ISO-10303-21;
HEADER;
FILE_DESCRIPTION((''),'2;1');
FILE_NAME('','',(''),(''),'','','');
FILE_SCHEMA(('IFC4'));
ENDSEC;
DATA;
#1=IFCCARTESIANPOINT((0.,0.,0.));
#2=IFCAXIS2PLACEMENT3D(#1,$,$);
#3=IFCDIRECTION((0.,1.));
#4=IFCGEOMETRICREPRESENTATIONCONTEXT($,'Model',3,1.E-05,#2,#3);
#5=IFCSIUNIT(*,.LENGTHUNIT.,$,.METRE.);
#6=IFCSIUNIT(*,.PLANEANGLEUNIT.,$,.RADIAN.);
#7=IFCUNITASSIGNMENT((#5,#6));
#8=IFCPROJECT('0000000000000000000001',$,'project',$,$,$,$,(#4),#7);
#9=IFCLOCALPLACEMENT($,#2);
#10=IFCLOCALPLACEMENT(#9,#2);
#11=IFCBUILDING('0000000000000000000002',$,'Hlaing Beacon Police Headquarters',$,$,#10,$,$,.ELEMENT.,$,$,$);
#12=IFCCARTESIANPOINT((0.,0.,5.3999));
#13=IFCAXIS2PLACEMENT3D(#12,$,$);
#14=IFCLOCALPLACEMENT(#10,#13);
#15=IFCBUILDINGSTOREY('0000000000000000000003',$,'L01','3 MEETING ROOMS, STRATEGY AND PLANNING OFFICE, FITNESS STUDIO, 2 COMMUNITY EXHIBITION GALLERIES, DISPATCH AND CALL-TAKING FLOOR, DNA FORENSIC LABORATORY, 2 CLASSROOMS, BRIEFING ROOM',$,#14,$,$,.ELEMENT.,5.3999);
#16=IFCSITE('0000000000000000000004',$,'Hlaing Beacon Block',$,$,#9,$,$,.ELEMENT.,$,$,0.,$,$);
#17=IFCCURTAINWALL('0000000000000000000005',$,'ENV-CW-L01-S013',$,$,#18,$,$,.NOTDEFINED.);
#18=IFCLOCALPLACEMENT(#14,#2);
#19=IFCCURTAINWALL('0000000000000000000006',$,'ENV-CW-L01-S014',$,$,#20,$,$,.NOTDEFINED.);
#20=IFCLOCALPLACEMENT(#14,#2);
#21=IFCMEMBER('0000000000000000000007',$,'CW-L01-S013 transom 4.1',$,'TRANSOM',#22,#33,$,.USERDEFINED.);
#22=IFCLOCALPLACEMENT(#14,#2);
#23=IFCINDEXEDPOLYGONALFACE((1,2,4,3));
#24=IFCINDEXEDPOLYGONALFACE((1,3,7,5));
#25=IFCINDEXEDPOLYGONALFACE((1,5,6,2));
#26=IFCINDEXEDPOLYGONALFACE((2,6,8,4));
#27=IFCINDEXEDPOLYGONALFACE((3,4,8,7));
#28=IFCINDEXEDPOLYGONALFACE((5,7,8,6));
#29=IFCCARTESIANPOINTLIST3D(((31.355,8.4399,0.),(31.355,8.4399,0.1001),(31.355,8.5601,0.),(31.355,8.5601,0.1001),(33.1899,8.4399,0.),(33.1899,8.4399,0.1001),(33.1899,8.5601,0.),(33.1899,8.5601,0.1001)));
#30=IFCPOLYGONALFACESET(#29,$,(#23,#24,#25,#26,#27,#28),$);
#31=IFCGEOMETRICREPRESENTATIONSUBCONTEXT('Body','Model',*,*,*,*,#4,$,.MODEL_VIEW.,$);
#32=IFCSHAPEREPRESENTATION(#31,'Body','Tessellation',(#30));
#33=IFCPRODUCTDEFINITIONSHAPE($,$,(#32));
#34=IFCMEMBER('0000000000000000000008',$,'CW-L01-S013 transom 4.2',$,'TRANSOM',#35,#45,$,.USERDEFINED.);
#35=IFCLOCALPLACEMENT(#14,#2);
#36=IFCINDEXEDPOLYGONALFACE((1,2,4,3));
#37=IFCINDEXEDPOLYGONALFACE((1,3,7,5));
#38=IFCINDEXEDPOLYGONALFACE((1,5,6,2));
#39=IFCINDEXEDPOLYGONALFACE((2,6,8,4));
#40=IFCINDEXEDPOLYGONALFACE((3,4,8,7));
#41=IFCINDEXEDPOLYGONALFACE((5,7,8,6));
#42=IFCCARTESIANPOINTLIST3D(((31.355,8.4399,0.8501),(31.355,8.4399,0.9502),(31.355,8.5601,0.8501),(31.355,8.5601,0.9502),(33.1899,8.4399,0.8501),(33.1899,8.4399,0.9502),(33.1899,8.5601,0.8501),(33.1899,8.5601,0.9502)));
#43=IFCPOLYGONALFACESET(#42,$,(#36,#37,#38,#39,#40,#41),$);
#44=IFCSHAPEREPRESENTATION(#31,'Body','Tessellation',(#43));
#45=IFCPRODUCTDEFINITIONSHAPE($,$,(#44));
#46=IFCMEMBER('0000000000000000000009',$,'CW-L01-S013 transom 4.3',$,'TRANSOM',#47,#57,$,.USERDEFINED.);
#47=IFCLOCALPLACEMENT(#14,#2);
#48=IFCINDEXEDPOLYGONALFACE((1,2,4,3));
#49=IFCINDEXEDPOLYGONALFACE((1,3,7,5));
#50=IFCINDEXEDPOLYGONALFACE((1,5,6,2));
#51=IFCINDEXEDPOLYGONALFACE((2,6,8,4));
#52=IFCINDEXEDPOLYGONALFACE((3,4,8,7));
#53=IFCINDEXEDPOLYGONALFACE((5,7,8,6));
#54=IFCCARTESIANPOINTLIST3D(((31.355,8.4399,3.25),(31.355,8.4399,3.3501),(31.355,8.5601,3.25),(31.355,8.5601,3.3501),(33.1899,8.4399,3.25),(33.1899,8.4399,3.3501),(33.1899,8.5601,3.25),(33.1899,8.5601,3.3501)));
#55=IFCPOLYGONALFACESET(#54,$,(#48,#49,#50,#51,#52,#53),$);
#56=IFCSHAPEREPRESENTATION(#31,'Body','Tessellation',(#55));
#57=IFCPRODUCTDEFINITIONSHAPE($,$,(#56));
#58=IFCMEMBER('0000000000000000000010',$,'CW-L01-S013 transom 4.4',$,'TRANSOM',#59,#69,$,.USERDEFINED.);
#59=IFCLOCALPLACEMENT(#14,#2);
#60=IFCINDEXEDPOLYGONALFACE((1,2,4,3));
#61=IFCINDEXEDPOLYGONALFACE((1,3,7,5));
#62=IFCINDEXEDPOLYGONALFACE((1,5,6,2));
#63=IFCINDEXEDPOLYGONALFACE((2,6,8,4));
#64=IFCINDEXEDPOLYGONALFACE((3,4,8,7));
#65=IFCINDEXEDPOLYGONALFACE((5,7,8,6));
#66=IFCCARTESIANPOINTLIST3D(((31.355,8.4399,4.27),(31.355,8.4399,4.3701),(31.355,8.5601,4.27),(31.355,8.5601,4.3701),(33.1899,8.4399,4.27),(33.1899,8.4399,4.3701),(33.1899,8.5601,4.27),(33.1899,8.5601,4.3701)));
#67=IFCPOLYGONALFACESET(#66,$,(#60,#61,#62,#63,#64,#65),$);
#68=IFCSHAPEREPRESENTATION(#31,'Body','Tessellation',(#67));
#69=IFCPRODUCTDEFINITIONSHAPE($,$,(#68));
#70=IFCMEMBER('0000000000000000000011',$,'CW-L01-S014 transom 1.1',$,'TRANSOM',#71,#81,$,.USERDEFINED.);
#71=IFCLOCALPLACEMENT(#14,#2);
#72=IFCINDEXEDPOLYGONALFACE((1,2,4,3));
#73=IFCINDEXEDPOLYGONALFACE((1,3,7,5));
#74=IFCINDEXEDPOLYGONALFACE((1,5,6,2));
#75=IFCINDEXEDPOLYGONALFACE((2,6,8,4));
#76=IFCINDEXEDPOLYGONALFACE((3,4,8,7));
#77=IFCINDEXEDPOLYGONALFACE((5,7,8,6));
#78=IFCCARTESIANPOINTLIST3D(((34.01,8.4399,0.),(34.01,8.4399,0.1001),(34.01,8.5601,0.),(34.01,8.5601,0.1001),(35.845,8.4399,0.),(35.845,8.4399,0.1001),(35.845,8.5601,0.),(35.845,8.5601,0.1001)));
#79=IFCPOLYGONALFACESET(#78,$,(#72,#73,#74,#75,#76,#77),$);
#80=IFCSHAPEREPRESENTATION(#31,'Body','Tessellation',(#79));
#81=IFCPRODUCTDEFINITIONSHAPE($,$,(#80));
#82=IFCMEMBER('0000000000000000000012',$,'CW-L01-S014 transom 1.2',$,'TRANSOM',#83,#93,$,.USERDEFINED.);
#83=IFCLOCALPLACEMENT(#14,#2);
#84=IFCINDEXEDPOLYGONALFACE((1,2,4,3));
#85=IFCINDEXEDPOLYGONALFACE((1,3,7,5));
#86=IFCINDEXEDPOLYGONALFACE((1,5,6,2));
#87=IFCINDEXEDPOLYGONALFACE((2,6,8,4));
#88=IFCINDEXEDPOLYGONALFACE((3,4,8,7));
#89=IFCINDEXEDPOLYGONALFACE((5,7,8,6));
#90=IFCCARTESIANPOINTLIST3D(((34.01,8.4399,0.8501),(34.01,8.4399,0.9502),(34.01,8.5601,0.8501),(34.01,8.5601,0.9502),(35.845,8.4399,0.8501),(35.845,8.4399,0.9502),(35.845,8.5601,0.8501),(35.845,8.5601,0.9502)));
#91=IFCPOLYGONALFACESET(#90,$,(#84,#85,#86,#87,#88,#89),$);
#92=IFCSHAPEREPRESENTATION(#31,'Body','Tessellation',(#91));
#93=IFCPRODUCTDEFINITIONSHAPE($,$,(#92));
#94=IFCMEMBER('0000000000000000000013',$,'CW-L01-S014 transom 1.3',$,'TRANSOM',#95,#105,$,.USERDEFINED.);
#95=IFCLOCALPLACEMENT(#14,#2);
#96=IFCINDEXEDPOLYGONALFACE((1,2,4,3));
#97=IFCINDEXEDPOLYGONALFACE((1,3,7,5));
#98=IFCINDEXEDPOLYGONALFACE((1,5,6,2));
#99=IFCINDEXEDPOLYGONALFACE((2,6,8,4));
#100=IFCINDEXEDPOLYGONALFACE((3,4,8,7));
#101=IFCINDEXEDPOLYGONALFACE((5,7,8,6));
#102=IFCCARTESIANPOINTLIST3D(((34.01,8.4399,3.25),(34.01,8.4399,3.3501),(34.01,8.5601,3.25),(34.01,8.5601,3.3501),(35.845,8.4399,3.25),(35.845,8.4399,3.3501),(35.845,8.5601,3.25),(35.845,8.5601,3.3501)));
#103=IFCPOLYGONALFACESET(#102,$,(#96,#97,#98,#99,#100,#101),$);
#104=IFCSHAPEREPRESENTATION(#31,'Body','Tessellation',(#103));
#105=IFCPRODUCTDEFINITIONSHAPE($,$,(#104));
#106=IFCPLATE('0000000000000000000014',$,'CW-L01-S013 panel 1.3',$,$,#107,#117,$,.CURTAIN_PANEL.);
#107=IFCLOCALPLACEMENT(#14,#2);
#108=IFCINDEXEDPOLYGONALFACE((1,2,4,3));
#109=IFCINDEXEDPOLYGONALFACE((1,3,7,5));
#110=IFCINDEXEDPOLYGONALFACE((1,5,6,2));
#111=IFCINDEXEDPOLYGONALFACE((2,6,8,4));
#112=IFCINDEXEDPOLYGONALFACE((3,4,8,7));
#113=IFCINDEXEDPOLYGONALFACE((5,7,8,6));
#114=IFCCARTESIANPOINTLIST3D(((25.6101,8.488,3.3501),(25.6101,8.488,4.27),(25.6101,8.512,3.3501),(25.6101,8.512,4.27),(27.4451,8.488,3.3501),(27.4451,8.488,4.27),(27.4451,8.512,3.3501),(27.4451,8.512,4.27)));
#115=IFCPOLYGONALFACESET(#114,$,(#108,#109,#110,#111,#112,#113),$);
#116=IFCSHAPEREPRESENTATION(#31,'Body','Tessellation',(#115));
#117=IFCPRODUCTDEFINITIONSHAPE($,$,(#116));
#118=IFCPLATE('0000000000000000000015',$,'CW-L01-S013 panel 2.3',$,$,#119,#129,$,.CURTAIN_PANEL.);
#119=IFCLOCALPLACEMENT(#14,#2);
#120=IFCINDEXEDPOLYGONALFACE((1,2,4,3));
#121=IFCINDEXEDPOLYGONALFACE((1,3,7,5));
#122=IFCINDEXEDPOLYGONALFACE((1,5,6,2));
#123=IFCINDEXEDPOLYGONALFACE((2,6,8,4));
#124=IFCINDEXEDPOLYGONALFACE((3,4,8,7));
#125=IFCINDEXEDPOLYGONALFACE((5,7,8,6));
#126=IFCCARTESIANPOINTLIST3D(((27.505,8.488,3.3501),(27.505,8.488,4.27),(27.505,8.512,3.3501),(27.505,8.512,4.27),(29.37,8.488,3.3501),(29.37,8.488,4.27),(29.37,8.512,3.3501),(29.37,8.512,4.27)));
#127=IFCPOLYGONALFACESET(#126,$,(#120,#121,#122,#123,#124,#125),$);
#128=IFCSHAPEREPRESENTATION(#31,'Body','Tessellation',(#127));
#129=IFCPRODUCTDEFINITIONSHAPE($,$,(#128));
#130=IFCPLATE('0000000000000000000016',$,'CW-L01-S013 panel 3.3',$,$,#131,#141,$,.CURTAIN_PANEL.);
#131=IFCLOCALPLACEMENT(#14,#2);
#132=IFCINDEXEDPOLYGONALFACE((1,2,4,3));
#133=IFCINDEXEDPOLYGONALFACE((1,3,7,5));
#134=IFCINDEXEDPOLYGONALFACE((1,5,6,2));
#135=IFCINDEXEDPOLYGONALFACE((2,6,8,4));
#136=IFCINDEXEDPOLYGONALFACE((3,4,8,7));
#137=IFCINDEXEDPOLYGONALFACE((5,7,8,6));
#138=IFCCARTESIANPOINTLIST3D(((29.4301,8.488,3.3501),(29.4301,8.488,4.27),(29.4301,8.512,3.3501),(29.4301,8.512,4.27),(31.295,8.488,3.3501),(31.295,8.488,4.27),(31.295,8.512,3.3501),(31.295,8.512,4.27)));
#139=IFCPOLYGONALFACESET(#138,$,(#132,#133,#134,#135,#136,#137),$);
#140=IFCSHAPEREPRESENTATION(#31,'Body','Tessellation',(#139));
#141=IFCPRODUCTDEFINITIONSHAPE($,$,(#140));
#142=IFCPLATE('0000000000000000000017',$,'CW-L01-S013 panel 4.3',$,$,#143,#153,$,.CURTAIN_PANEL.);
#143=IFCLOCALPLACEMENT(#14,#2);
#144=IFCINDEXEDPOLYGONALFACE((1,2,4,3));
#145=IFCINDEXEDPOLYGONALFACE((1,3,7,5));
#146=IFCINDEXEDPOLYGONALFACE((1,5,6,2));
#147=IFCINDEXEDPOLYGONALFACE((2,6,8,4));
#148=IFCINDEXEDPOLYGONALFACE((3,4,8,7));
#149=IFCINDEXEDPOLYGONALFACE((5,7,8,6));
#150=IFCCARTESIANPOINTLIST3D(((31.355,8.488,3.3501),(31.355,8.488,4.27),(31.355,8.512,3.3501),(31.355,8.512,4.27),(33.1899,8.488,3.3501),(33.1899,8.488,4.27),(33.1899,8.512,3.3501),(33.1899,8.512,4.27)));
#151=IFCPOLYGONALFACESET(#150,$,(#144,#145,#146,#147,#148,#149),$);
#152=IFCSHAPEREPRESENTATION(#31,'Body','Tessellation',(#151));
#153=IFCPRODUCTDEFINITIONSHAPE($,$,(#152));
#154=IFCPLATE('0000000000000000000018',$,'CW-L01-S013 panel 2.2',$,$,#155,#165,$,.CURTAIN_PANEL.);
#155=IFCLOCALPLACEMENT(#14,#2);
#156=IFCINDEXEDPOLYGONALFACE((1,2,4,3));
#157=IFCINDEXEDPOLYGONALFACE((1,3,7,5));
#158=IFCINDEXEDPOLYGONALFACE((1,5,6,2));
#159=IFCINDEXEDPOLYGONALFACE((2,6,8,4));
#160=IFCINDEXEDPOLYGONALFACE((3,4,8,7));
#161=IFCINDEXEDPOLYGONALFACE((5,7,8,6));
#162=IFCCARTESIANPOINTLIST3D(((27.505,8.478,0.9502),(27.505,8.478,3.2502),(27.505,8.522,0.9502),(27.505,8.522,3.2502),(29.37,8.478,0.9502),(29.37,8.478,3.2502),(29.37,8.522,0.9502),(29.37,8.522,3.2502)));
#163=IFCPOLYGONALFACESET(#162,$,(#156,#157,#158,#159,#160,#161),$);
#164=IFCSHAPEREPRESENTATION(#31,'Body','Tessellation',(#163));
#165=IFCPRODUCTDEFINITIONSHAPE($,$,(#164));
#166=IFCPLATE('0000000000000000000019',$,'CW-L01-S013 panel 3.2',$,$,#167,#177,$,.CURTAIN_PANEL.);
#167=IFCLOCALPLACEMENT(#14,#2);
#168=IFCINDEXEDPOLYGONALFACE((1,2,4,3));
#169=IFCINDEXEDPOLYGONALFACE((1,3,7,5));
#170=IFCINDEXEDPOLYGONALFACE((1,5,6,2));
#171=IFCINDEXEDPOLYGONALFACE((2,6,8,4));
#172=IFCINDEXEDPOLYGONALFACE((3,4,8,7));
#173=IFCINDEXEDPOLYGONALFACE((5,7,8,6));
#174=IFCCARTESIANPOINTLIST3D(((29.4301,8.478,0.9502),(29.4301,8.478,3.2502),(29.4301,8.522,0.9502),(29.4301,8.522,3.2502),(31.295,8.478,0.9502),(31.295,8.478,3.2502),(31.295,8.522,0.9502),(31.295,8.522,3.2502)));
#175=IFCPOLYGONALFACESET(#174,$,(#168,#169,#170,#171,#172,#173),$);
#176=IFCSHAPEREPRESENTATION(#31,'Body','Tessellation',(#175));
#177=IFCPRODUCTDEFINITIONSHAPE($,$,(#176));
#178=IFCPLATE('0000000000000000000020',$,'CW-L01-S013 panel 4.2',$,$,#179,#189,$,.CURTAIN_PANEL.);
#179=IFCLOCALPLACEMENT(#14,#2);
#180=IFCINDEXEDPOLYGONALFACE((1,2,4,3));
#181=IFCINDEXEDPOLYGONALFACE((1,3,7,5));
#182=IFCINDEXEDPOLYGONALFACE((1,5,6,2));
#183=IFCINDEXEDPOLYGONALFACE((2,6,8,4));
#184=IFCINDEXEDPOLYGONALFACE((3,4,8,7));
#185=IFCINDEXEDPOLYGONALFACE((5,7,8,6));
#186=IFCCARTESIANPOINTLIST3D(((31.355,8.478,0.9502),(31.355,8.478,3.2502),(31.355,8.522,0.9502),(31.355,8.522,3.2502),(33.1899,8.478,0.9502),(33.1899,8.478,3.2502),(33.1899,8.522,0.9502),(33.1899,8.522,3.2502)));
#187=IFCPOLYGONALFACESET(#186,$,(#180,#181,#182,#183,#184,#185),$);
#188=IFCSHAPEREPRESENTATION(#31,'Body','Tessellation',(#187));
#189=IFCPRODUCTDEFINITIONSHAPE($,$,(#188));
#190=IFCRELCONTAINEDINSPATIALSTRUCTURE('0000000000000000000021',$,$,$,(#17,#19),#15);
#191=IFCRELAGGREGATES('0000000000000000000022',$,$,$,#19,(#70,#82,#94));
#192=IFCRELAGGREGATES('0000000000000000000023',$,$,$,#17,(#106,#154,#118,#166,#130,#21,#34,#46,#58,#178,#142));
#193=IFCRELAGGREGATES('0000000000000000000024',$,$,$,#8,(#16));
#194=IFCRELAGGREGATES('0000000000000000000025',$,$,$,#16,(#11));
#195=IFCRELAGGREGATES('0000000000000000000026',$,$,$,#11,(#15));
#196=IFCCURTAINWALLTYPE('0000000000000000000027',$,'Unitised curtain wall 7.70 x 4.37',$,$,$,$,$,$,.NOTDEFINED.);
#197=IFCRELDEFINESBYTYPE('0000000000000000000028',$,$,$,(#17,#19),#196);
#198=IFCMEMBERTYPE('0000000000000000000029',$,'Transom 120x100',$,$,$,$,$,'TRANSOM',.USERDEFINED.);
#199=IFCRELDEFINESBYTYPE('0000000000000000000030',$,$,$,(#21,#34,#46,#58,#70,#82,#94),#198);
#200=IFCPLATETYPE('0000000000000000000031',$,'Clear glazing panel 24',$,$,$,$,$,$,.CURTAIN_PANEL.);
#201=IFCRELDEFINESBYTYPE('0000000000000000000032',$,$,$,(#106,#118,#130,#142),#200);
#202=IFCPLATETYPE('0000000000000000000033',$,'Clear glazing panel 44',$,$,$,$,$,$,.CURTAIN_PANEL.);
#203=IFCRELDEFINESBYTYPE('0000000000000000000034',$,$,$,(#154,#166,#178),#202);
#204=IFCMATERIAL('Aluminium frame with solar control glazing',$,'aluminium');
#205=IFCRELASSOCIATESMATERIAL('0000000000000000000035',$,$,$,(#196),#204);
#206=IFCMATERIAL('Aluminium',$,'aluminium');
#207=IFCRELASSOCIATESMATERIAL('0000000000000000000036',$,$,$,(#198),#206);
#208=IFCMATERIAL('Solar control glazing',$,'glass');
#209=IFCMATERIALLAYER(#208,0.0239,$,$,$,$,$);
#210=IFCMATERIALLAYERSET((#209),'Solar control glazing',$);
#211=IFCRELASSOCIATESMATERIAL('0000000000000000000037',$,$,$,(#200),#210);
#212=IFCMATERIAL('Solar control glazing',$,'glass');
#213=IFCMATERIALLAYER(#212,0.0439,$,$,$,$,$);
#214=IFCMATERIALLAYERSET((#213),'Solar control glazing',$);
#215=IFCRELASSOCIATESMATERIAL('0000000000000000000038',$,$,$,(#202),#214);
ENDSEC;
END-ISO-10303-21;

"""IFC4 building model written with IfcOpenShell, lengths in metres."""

from ifc_helpers import new_model, si_unit, direction, frame, origin, origin_2d, place, context, subcontext, project, spatial, rectangle, extrude, material, layer, layer_set, material_profile, profile_set, type_object, element, aggregate, save


model = new_model("IFC4")

# Units and contexts
model_context = context("Model", 3, precision=1e-05, world=origin(), true_north=direction((0.0, 1.0)))
body_context = subcontext(model_context, "Body", "Model", "MODEL_VIEW")
ifc_project = project(units=[si_unit("LENGTHUNIT", "METRE"), si_unit("PLANEANGLEUNIT", "RADIAN")], contexts=[model_context])

# Site, building, storey
site_placement = place(None, origin())
site = spatial("IfcSite", under=ifc_project, at=site_placement, Name="Hlaing Beacon Block", CompositionType="ELEMENT", RefElevation=0.0)
building_placement = place(site_placement, origin())
building = spatial("IfcBuilding", under=site, at=building_placement, Name="Hlaing Beacon Police Headquarters", CompositionType="ELEMENT")
storey_placement = place(building_placement, frame((0.0, 0.0, 5.3999)))
storey = spatial("IfcBuildingStorey", under=building, at=storey_placement, Name="L01", Description="3 MEETING ROOMS, STRATEGY AND PLANNING OFFICE, FITNESS STUDIO, 2 COMMUNITY EXHIBITION GALLERIES, DISPATCH AND CALL-TAKING FLOOR, DNA FORENSIC LABORATORY, 2 CLASSROOMS, BRIEFING ROOM", CompositionType="ELEMENT", Elevation=5.3999)

# Curtain wall
ifc_material_1 = material(Name="Aluminium frame with solar control glazing", Category="aluminium")
curtain_wall_type = type_object("IfcCurtainWallType", Name="Unitised curtain wall 7.70 x 4.37", PredefinedType="NOTDEFINED", material=ifc_material_1)
curtain_wall_1_placement = place(storey_placement, origin())
curtain_wall_1 = element("IfcCurtainWall", 1, at=curtain_wall_1_placement, inside=storey, type_object=curtain_wall_type, Name="ENV-CW-L01-S013", PredefinedType="NOTDEFINED")

# Curtain wall
curtain_wall_2_placement = place(storey_placement, origin())
curtain_wall_2 = element("IfcCurtainWall", 2, at=curtain_wall_2_placement, inside=storey, type_object=curtain_wall_type, Name="ENV-CW-L01-S014", PredefinedType="NOTDEFINED")

# Members
ifc_material_2 = material(Name="Aluminium", Category="aluminium")
ifc_material_profile_1 = material_profile(ifc_material_2, rectangle(XDim=0.1201, YDim=0.1001, at=origin_2d()), Name="Transom 120x100")
ifc_profile_set_1 = profile_set([ifc_material_profile_1], Name="Aluminium")
member_type_1 = type_object("IfcMemberType", Name="Transom 120x100", ElementType="TRANSOM", PredefinedType="USERDEFINED", material=ifc_profile_set_1)
member_1_placement = place(storey_placement, frame((31.355, 8.5, 0.05), z_axis=(1.0, 0.0, 0.0), x_axis=(0.0, 1.0, 0.0)))
member_1 = element("IfcMember", 3, at=member_1_placement, type_object=member_type_1, Name="CW-L01-S013 transom 4.1", ObjectType="TRANSOM", PredefinedType="USERDEFINED", context=body_context, shape_type="SweptSolid", body=[
    extrude(rectangle(XDim=0.1201, YDim=0.1001, at=origin_2d()), origin(), (0.0, 0.0, 1.0), 1.835),
])
member_2_placement = place(storey_placement, frame((31.355, 8.5, 0.9001), z_axis=(1.0, 0.0, 0.0), x_axis=(0.0, 1.0, 0.0)))
member_2 = element("IfcMember", 4, at=member_2_placement, type_object=member_type_1, Name="CW-L01-S013 transom 4.2", ObjectType="TRANSOM", PredefinedType="USERDEFINED", context=body_context, shape_type="SweptSolid", body=[
    extrude(rectangle(XDim=0.1201, YDim=0.1001, at=origin_2d()), origin(), (0.0, 0.0, 1.0), 1.835),
])
member_3_placement = place(storey_placement, frame((31.355, 8.5, 3.3), z_axis=(1.0, 0.0, 0.0), x_axis=(0.0, 1.0, 0.0)))
member_3 = element("IfcMember", 5, at=member_3_placement, type_object=member_type_1, Name="CW-L01-S013 transom 4.3", ObjectType="TRANSOM", PredefinedType="USERDEFINED", context=body_context, shape_type="SweptSolid", body=[
    extrude(rectangle(XDim=0.1201, YDim=0.1001, at=origin_2d()), origin(), (0.0, 0.0, 1.0), 1.835),
])
member_4_placement = place(storey_placement, frame((31.355, 8.5, 4.3201), z_axis=(1.0, 0.0, 0.0), x_axis=(0.0, 1.0, 0.0)))
member_4 = element("IfcMember", 6, at=member_4_placement, type_object=member_type_1, Name="CW-L01-S013 transom 4.4", ObjectType="TRANSOM", PredefinedType="USERDEFINED", context=body_context, shape_type="SweptSolid", body=[
    extrude(rectangle(XDim=0.1201, YDim=0.1001, at=origin_2d()), origin(), (0.0, 0.0, 1.0), 1.835),
])
member_5_placement = place(storey_placement, frame((34.01, 8.5, 0.05), z_axis=(1.0, 0.0, 0.0), x_axis=(0.0, 1.0, 0.0)))
member_5 = element("IfcMember", 7, at=member_5_placement, type_object=member_type_1, Name="CW-L01-S014 transom 1.1", ObjectType="TRANSOM", PredefinedType="USERDEFINED", context=body_context, shape_type="SweptSolid", body=[
    extrude(rectangle(XDim=0.1201, YDim=0.1001, at=origin_2d()), origin(), (0.0, 0.0, 1.0), 1.835),
])
member_6_placement = place(storey_placement, frame((34.01, 8.5, 0.9001), z_axis=(1.0, 0.0, 0.0), x_axis=(0.0, 1.0, 0.0)))
member_6 = element("IfcMember", 8, at=member_6_placement, type_object=member_type_1, Name="CW-L01-S014 transom 1.2", ObjectType="TRANSOM", PredefinedType="USERDEFINED", context=body_context, shape_type="SweptSolid", body=[
    extrude(rectangle(XDim=0.1201, YDim=0.1001, at=origin_2d()), origin(), (0.0, 0.0, 1.0), 1.835),
])
member_7_placement = place(storey_placement, frame((34.01, 8.5, 3.3), z_axis=(1.0, 0.0, 0.0), x_axis=(0.0, 1.0, 0.0)))
member_7 = element("IfcMember", 9, at=member_7_placement, type_object=member_type_1, Name="CW-L01-S014 transom 1.3", ObjectType="TRANSOM", PredefinedType="USERDEFINED", context=body_context, shape_type="SweptSolid", body=[
    extrude(rectangle(XDim=0.1201, YDim=0.1001, at=origin_2d()), origin(), (0.0, 0.0, 1.0), 1.835),
])
aggregate(curtain_wall_2, [member_5, member_6, member_7])

# Plates
ifc_material_3 = material(Name="Solar control glazing", Category="glass")
ifc_layer_1 = layer(ifc_material_3, 0.0239)
ifc_layer_set_1 = layer_set([ifc_layer_1], Name="Solar control glazing")
plate_type_1 = type_object("IfcPlateType", Name="Clear glazing panel 24", PredefinedType="CURTAIN_PANEL", material=ifc_layer_set_1)
plate_1_placement = place(storey_placement, frame((26.5276, 8.5, 3.3501), z_axis=(0.0, 0.0, 1.0), x_axis=(1.0, 0.0, 0.0)))
plate_1 = element("IfcPlate", 10, at=plate_1_placement, type_object=plate_type_1, Name="CW-L01-S013 panel 1.3", PredefinedType="CURTAIN_PANEL", context=body_context, shape_type="SweptSolid", body=[
    extrude(rectangle(XDim=1.835, YDim=0.0239, at=origin_2d()), origin(), (0.0, 0.0, 1.0), 0.9199),
])
plate_2_placement = place(storey_placement, frame((28.4375, 8.5, 3.3501), z_axis=(0.0, 0.0, 1.0), x_axis=(1.0, 0.0, 0.0)))
plate_2 = element("IfcPlate", 11, at=plate_2_placement, type_object=plate_type_1, Name="CW-L01-S013 panel 2.3", PredefinedType="CURTAIN_PANEL", context=body_context, shape_type="SweptSolid", body=[
    extrude(rectangle(XDim=1.865, YDim=0.0239, at=origin_2d()), origin(), (0.0, 0.0, 1.0), 0.9199),
])
plate_3_placement = place(storey_placement, frame((30.3625, 8.5, 3.3501), z_axis=(0.0, 0.0, 1.0), x_axis=(1.0, 0.0, 0.0)))
plate_3 = element("IfcPlate", 12, at=plate_3_placement, type_object=plate_type_1, Name="CW-L01-S013 panel 3.3", PredefinedType="CURTAIN_PANEL", context=body_context, shape_type="SweptSolid", body=[
    extrude(rectangle(XDim=1.865, YDim=0.0239, at=origin_2d()), origin(), (0.0, 0.0, 1.0), 0.9199),
])
plate_4_placement = place(storey_placement, frame((32.2725, 8.5, 3.3501), z_axis=(0.0, 0.0, 1.0), x_axis=(1.0, 0.0, 0.0)))
plate_4 = element("IfcPlate", 13, at=plate_4_placement, type_object=plate_type_1, Name="CW-L01-S013 panel 4.3", PredefinedType="CURTAIN_PANEL", context=body_context, shape_type="SweptSolid", body=[
    extrude(rectangle(XDim=1.835, YDim=0.0239, at=origin_2d()), origin(), (0.0, 0.0, 1.0), 0.9199),
])
ifc_material_4 = material(Name="Solar control glazing", Category="glass")
ifc_layer_2 = layer(ifc_material_4, 0.0439)
ifc_layer_set_2 = layer_set([ifc_layer_2], Name="Solar control glazing")
plate_type_2 = type_object("IfcPlateType", Name="Clear glazing panel 44", PredefinedType="CURTAIN_PANEL", material=ifc_layer_set_2)
plate_5_placement = place(storey_placement, frame((28.4375, 8.5, 0.9502), z_axis=(0.0, 0.0, 1.0), x_axis=(1.0, 0.0, 0.0)))
plate_5 = element("IfcPlate", 14, at=plate_5_placement, type_object=plate_type_2, Name="CW-L01-S013 panel 2.2", PredefinedType="CURTAIN_PANEL", context=body_context, shape_type="SweptSolid", body=[
    extrude(rectangle(XDim=1.865, YDim=0.0439, at=origin_2d()), origin(), (0.0, 0.0, 1.0), 2.3),
])
plate_6_placement = place(storey_placement, frame((30.3625, 8.5, 0.9502), z_axis=(0.0, 0.0, 1.0), x_axis=(1.0, 0.0, 0.0)))
plate_6 = element("IfcPlate", 15, at=plate_6_placement, type_object=plate_type_2, Name="CW-L01-S013 panel 3.2", PredefinedType="CURTAIN_PANEL", context=body_context, shape_type="SweptSolid", body=[
    extrude(rectangle(XDim=1.865, YDim=0.0439, at=origin_2d()), origin(), (0.0, 0.0, 1.0), 2.3),
])
plate_7_placement = place(storey_placement, frame((32.2725, 8.5, 0.9502), z_axis=(0.0, 0.0, 1.0), x_axis=(1.0, 0.0, 0.0)))
plate_7 = element("IfcPlate", 16, at=plate_7_placement, type_object=plate_type_2, Name="CW-L01-S013 panel 4.2", PredefinedType="CURTAIN_PANEL", context=body_context, shape_type="SweptSolid", body=[
    extrude(rectangle(XDim=1.835, YDim=0.0439, at=origin_2d()), origin(), (0.0, 0.0, 1.0), 2.3),
])
aggregate(curtain_wall_1, [plate_1, plate_5, plate_2, plate_6, plate_3, member_1, member_2, member_3, member_4, plate_7, plate_4])

save(model, "model.ifc")
